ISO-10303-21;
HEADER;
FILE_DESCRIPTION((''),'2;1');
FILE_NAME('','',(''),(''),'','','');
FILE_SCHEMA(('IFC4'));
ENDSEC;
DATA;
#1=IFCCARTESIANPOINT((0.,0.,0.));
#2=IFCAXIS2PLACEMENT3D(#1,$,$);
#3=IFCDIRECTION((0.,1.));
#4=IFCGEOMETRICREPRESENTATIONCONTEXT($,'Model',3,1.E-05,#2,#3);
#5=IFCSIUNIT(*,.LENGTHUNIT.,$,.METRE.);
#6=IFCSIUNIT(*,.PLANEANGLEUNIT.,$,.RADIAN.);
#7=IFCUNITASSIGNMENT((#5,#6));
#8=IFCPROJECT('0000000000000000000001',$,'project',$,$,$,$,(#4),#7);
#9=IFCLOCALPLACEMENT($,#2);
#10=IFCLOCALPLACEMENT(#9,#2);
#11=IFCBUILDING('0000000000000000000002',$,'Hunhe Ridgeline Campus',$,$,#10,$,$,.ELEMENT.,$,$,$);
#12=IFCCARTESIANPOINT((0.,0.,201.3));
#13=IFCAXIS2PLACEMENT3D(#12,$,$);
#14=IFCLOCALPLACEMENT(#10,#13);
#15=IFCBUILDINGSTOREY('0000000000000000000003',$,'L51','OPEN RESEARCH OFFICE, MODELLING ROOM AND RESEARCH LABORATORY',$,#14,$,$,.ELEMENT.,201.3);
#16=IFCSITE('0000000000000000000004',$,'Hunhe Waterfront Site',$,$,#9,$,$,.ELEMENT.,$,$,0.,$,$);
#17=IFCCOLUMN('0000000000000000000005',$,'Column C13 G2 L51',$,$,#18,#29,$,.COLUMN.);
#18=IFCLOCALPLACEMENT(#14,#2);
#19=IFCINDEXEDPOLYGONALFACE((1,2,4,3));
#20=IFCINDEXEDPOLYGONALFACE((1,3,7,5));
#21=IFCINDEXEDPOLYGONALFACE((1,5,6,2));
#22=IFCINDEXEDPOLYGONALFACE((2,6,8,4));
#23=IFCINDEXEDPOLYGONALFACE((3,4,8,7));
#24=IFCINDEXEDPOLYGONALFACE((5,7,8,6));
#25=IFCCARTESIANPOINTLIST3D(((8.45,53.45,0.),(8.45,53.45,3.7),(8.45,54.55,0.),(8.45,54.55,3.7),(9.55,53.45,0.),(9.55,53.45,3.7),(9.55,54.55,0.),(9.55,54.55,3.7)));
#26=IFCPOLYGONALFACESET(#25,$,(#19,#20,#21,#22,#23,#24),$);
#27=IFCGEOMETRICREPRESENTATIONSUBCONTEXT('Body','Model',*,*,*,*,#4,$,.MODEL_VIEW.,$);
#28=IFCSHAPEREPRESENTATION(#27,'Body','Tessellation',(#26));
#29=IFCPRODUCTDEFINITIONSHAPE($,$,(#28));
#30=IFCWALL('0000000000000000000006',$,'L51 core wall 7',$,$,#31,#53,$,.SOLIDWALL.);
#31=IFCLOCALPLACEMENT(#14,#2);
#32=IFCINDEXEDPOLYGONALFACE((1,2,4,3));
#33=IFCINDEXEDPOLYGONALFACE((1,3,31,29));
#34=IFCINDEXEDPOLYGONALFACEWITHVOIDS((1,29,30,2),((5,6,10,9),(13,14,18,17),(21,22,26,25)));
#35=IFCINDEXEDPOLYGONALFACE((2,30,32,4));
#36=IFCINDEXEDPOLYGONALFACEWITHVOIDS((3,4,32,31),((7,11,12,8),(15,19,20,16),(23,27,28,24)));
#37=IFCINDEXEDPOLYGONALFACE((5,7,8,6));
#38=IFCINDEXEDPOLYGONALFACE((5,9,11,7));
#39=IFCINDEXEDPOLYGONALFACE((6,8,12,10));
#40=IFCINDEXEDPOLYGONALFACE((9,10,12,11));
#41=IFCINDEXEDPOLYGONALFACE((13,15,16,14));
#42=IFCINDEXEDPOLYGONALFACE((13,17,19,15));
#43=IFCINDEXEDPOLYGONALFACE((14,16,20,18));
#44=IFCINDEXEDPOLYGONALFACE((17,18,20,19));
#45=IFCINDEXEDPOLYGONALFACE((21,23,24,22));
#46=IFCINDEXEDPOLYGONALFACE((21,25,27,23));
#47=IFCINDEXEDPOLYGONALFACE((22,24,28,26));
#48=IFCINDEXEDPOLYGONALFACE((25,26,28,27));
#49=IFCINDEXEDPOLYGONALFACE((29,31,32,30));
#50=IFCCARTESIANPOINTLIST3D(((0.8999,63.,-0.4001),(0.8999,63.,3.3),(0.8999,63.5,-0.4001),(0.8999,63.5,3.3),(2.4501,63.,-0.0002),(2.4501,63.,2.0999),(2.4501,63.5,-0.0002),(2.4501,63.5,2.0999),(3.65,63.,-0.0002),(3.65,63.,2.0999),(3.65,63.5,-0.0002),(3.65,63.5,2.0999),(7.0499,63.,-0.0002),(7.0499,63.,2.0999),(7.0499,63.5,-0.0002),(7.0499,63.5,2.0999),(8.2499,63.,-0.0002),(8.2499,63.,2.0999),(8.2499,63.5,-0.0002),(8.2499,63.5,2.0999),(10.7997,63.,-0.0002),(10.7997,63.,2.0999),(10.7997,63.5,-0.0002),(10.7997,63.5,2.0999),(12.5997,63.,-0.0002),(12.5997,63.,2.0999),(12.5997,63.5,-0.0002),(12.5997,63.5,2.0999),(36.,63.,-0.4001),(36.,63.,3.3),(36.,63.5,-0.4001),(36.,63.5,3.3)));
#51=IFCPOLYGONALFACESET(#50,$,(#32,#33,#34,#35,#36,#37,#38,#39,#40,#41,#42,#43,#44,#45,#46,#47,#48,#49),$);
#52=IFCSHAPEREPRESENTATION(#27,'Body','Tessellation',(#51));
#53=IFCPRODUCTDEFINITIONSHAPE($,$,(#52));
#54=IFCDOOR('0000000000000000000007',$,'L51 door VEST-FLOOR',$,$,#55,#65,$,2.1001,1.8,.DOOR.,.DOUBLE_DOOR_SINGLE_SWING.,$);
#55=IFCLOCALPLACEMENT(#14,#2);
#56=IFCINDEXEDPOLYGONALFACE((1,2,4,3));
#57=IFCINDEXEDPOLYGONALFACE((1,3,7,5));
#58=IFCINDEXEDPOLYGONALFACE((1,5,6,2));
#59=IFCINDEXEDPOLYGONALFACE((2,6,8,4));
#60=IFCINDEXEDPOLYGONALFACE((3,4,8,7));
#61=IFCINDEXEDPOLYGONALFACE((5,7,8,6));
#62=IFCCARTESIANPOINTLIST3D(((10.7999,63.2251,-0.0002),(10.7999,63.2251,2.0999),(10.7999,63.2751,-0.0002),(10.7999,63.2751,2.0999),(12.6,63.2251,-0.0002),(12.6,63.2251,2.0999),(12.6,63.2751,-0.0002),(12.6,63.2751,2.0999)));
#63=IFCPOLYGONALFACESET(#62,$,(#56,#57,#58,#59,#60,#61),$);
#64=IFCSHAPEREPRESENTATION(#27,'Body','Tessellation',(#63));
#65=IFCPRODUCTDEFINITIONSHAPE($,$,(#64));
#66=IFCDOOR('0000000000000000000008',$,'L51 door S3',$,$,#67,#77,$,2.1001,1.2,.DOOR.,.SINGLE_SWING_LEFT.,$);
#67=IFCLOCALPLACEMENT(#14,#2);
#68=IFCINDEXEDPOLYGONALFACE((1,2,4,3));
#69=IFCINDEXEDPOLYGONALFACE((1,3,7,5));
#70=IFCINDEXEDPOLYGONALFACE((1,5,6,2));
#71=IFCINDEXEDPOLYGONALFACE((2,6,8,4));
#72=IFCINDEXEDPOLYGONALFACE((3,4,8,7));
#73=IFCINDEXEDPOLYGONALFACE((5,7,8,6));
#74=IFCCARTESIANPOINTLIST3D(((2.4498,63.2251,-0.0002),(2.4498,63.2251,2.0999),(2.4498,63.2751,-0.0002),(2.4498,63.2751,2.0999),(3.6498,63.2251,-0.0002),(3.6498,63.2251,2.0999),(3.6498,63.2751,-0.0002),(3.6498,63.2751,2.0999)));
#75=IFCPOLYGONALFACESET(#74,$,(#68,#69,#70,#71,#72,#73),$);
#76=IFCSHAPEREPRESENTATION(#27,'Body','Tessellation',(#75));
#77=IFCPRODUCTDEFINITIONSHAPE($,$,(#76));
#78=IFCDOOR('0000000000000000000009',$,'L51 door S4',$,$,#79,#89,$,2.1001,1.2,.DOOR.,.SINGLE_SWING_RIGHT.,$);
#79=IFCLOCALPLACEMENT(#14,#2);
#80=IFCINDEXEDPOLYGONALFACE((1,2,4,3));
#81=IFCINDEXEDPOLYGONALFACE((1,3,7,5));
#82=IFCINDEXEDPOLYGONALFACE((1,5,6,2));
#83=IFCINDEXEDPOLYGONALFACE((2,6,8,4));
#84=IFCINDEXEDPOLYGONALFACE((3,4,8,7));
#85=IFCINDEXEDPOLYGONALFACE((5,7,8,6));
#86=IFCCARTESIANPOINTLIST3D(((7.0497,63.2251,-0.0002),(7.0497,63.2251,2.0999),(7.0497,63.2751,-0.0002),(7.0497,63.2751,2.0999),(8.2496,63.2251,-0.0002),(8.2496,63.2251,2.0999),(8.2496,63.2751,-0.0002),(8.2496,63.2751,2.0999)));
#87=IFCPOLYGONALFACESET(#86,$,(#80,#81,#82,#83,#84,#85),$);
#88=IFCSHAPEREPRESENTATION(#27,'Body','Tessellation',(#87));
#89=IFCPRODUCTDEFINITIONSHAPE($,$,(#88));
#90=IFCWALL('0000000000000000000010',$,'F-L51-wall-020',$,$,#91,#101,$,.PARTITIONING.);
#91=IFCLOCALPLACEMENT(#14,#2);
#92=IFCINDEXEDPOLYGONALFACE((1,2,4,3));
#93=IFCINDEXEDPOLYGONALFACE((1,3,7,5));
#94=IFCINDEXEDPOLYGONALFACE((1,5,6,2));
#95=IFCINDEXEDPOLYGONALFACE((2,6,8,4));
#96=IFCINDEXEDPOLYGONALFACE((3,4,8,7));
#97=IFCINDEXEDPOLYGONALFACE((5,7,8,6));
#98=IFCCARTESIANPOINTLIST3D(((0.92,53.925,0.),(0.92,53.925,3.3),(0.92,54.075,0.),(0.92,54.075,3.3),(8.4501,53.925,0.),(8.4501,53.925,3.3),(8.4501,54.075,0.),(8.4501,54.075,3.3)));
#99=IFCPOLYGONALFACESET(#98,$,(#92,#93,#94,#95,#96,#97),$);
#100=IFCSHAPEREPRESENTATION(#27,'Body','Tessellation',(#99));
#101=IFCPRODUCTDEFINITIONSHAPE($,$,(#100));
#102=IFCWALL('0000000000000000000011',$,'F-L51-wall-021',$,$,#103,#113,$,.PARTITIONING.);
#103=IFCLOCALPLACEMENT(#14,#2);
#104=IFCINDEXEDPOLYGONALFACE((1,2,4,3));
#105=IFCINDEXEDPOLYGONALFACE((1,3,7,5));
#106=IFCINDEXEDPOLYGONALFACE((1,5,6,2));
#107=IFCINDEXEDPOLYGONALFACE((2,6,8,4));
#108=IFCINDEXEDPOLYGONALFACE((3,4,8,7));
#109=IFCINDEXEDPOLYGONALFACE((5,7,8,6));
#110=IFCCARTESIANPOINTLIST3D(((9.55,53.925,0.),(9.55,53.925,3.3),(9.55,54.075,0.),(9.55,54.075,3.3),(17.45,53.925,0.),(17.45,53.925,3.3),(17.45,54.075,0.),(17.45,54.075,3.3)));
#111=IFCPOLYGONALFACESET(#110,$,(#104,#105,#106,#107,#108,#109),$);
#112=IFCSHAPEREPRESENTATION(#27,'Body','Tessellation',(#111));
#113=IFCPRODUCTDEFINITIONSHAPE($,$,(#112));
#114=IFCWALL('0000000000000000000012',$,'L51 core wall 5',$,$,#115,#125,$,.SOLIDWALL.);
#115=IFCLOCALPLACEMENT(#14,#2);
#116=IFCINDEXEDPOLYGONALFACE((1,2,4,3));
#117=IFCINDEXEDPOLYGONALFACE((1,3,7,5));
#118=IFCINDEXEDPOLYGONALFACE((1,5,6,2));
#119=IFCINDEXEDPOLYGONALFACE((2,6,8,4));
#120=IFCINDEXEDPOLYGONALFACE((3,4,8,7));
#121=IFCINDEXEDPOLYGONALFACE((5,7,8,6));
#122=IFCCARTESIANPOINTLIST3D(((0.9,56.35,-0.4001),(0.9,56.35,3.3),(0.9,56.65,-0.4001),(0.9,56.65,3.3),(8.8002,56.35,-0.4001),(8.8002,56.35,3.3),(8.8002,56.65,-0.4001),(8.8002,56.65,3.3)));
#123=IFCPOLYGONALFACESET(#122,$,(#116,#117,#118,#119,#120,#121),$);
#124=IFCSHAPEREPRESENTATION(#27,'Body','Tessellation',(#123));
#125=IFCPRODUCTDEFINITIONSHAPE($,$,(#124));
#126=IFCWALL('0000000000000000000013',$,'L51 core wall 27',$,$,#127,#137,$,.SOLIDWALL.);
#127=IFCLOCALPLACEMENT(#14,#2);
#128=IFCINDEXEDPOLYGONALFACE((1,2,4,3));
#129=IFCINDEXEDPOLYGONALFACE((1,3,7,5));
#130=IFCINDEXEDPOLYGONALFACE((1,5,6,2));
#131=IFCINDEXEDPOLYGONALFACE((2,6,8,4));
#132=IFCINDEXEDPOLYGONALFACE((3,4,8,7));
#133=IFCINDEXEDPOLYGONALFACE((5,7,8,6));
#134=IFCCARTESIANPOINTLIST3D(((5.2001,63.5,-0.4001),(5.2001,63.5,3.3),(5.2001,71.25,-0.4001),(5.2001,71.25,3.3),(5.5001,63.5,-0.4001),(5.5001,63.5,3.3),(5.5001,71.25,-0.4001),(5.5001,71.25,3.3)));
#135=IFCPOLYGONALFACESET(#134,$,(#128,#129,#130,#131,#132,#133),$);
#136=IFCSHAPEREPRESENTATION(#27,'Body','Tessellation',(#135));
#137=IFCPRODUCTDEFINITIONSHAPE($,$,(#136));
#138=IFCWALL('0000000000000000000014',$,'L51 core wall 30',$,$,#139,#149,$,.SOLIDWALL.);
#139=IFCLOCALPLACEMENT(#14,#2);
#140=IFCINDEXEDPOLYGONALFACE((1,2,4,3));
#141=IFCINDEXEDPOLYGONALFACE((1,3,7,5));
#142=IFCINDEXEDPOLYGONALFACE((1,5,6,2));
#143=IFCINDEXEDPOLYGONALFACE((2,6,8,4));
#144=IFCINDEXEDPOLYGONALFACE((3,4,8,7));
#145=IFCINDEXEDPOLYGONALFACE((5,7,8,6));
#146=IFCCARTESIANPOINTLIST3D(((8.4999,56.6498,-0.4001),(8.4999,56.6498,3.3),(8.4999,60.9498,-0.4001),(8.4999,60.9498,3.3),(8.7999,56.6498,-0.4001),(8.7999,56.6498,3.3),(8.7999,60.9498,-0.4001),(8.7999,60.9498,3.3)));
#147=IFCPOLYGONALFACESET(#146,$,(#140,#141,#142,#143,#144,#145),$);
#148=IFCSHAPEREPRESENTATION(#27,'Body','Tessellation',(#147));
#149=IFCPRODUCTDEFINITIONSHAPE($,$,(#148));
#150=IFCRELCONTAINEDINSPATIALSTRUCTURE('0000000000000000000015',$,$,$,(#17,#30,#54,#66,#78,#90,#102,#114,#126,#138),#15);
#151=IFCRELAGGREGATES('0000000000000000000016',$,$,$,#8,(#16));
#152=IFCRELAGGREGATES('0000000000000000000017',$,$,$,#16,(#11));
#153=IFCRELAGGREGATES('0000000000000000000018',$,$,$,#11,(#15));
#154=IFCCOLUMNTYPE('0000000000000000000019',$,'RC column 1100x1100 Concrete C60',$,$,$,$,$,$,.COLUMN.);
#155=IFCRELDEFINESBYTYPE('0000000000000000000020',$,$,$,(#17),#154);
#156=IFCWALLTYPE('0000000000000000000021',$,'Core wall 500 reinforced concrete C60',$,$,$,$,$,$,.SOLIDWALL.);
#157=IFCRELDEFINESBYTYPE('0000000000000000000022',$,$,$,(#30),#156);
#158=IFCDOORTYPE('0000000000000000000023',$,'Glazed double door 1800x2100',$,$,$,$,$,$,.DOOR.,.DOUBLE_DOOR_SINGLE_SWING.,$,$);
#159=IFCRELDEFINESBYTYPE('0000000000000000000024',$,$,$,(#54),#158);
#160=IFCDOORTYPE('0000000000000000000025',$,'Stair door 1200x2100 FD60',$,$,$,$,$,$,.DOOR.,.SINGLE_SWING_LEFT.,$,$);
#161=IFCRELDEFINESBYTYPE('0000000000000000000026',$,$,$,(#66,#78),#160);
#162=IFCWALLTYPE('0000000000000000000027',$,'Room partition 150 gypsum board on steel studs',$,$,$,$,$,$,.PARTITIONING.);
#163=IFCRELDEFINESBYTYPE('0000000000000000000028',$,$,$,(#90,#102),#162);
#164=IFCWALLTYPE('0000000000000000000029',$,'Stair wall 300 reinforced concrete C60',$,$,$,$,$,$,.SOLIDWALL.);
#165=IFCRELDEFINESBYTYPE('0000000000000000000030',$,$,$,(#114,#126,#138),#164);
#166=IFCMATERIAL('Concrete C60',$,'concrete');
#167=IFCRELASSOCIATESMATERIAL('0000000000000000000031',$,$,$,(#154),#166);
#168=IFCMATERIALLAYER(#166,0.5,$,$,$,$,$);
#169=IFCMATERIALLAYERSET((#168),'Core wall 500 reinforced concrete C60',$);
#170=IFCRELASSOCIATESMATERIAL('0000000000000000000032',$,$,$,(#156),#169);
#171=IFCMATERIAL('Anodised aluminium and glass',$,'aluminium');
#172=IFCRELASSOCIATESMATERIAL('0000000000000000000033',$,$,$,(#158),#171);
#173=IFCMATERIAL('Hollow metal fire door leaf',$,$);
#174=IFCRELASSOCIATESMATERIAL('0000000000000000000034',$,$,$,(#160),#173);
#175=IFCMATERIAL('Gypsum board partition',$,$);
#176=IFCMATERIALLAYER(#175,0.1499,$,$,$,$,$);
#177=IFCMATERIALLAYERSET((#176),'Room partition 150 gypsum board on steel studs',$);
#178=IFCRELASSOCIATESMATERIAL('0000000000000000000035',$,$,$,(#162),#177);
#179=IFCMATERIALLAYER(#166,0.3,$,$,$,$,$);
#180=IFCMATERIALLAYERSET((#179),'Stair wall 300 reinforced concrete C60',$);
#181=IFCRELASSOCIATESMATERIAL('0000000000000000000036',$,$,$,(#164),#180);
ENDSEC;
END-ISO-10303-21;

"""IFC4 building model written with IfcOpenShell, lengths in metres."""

from ifc_helpers import new_model, si_unit, direction, frame, frame_2d, origin, origin_2d, place, context, subcontext, project, spatial, rectangle, extrude, material, layer, layer_set, material_profile, profile_set, type_object, element, fill, save


model = new_model("IFC4")

# Units and contexts
model_context = context("Model", 3, precision=1e-05, world=origin(), true_north=direction((0.0, 1.0)))
body_context = subcontext(model_context, "Body", "Model", "MODEL_VIEW")
ifc_project = project(units=[si_unit("LENGTHUNIT", "METRE"), si_unit("PLANEANGLEUNIT", "RADIAN")], contexts=[model_context])

# Site, building, storey
site_placement = place(None, origin())
site = spatial("IfcSite", under=ifc_project, at=site_placement, Name="Hunhe Waterfront Site", CompositionType="ELEMENT", RefElevation=0.0)
building_placement = place(site_placement, origin())
building = spatial("IfcBuilding", under=site, at=building_placement, Name="Hunhe Ridgeline Campus", CompositionType="ELEMENT")
storey_placement = place(building_placement, frame((0.0, 0.0, 201.3)))
storey = spatial("IfcBuildingStorey", under=building, at=storey_placement, Name="L51", Description="OPEN RESEARCH OFFICE, MODELLING ROOM AND RESEARCH LABORATORY", CompositionType="ELEMENT", Elevation=201.3)

# Column
ifc_material_1 = material(Name="Concrete C60", Category="concrete")
ifc_material_profile = material_profile(ifc_material_1, rectangle(XDim=1.1001, YDim=1.1001, at=origin_2d()))
ifc_profile_set = profile_set([ifc_material_profile], Name="Concrete C60")
column_type = type_object("IfcColumnType", Name="RC column 1100x1100 Concrete C60", PredefinedType="COLUMN", material=ifc_profile_set)
column_placement = place(storey_placement, frame((9.0, 54.0, 0.0), z_axis=(0.0, 0.0, 1.0), x_axis=(1.0, 0.0, 0.0)))
element("IfcColumn", 1, at=column_placement, inside=storey, type_object=column_type, Name="Column C13 G2 L51", PredefinedType="COLUMN", context=body_context, shape_type="SweptSolid", body=[
    extrude(rectangle(XDim=1.1001, YDim=1.1001, at=origin_2d()), origin(), (0.0, 0.0, 1.0), 3.7),
])

# Wall, openings, doors
ifc_layer_1 = layer(ifc_material_1, 0.5)
ifc_layer_set_1 = layer_set([ifc_layer_1], Name="Core wall 500 reinforced concrete C60")
wall_type_1 = type_object("IfcWallType", Name="Core wall 500 reinforced concrete C60", PredefinedType="SOLIDWALL", material=ifc_layer_set_1)
wall_1_placement = place(storey_placement, frame((0.8999, 63.25, -0.4001), z_axis=(0.0, 0.0, 1.0), x_axis=(1.0, 0.0, 0.0)))
wall_1 = element("IfcWall", 2, at=wall_1_placement, inside=storey, type_object=wall_type_1, Name="L51 core wall 7", PredefinedType="SOLIDWALL", context=body_context, shape_type="SweptSolid", body=[
    extrude(rectangle(XDim=35.1001, YDim=0.5, at=frame_2d((17.55, 0.0))), origin(), (0.0, 0.0, 1.0), 3.7002),
])
opening_1_placement = place(wall_1_placement, frame((9.8999, 0.0, 0.3999)))
opening_1 = element("IfcOpeningElement", 3, at=opening_1_placement, cuts=wall_1, PredefinedType="OPENING", context=body_context, shape_type="SweptSolid", body=[
    extrude(rectangle(XDim=1.8, YDim=2.1001, at=frame_2d((0.8999, 1.05))), frame((0.0, 0.25, 0.0), z_axis=(0.0, -1.0, 0.0), x_axis=(1.0, 0.0, 0.0)), (0.0, 0.0, 1.0), 0.5),
])
opening_2_placement = place(wall_1_placement, frame((1.55, 0.0, 0.3999)))
opening_2 = element("IfcOpeningElement", 4, at=opening_2_placement, cuts=wall_1, PredefinedType="OPENING", context=body_context, shape_type="SweptSolid", body=[
    extrude(rectangle(XDim=1.2, YDim=2.1001, at=frame_2d((0.6001, 1.05))), frame((0.0, 0.25, 0.0), z_axis=(0.0, -1.0, 0.0), x_axis=(1.0, 0.0, 0.0)), (0.0, 0.0, 1.0), 0.5),
])
opening_3_placement = place(wall_1_placement, frame((6.1499, 0.0, 0.3999)))
opening_3 = element("IfcOpeningElement", 5, at=opening_3_placement, cuts=wall_1, PredefinedType="OPENING", context=body_context, shape_type="SweptSolid", body=[
    extrude(rectangle(XDim=1.2, YDim=2.1001, at=frame_2d((0.6001, 1.05))), frame((0.0, 0.25, 0.0), z_axis=(0.0, -1.0, 0.0), x_axis=(1.0, 0.0, 0.0)), (0.0, 0.0, 1.0), 0.5),
])
ifc_material_2 = material(Name="Anodised aluminium and glass", Category="aluminium")
door_type_1 = type_object("IfcDoorType", Name="Glazed double door 1800x2100", OperationType="DOUBLE_DOOR_SINGLE_SWING", PredefinedType="DOOR", material=ifc_material_2)
door_1_placement = place(opening_1_placement, frame((1.8, 0.0, 0.0), z_axis=(0.0, 0.0, 1.0), x_axis=(-1.0, 0.0, 0.0)))
door_1 = element("IfcDoor", 6, at=door_1_placement, inside=storey, type_object=door_type_1, Name="L51 door VEST-FLOOR", OperationType="DOUBLE_DOOR_SINGLE_SWING", OverallHeight=2.1001, OverallWidth=1.8, PredefinedType="DOOR", context=body_context, shape_type="SweptSolid", body=[
    extrude(rectangle(XDim=1.8, YDim=2.1001, at=frame_2d((0.8999, 1.05))), frame((0.0, 0.0249, 0.0), z_axis=(0.0, -1.0, 0.0), x_axis=(1.0, 0.0, 0.0)), (0.0, 0.0, 1.0), 0.05),
])
fill(opening_1, door_1)
ifc_material_3 = material(Name="Hollow metal fire door leaf")
door_type_2 = type_object("IfcDoorType", Name="Stair door 1200x2100 FD60", OperationType="SINGLE_SWING_LEFT", PredefinedType="DOOR", material=ifc_material_3)
door_2_placement = place(opening_2_placement, frame((1.2, 0.0, 0.0), z_axis=(0.0, 0.0, 1.0), x_axis=(-1.0, 0.0, 0.0)))
door_2 = element("IfcDoor", 7, at=door_2_placement, inside=storey, type_object=door_type_2, Name="L51 door S3", OperationType="SINGLE_SWING_LEFT", OverallHeight=2.1001, OverallWidth=1.2, PredefinedType="DOOR", context=body_context, shape_type="SweptSolid", body=[
    extrude(rectangle(XDim=1.2, YDim=2.1001, at=frame_2d((0.6001, 1.05))), frame((0.0, 0.0249, 0.0), z_axis=(0.0, -1.0, 0.0), x_axis=(1.0, 0.0, 0.0)), (0.0, 0.0, 1.0), 0.05),
])
fill(opening_2, door_2)
door_3_placement = place(opening_3_placement, frame((1.2, 0.0, 0.0), z_axis=(0.0, 0.0, 1.0), x_axis=(-1.0, 0.0, 0.0)))
door_3 = element("IfcDoor", 8, at=door_3_placement, inside=storey, type_object=door_type_2, Name="L51 door S4", OperationType="SINGLE_SWING_RIGHT", OverallHeight=2.1001, OverallWidth=1.2, PredefinedType="DOOR", context=body_context, shape_type="SweptSolid", body=[
    extrude(rectangle(XDim=1.2, YDim=2.1001, at=frame_2d((0.6001, 1.05))), frame((0.0, 0.0249, 0.0), z_axis=(0.0, -1.0, 0.0), x_axis=(1.0, 0.0, 0.0)), (0.0, 0.0, 1.0), 0.05),
])
fill(opening_3, door_3)

# Walls
ifc_material_4 = material(Name="Gypsum board partition")
ifc_layer_2 = layer(ifc_material_4, 0.1499)
ifc_layer_set_2 = layer_set([ifc_layer_2], Name="Room partition 150 gypsum board on steel studs")
wall_type_2 = type_object("IfcWallType", Name="Room partition 150 gypsum board on steel studs", PredefinedType="PARTITIONING", material=ifc_layer_set_2)
wall_2_placement = place(storey_placement, frame((0.9199, 54.0, 0.0), z_axis=(0.0, 0.0, 1.0), x_axis=(1.0, 0.0, 0.0)))
element("IfcWall", 9, at=wall_2_placement, inside=storey, type_object=wall_type_2, Name="F-L51-wall-020", PredefinedType="PARTITIONING", context=body_context, shape_type="SweptSolid", body=[
    extrude(rectangle(XDim=7.53, YDim=0.1499, at=frame_2d((3.7651, 0.0))), origin(), (0.0, 0.0, 1.0), 3.3),
])
wall_3_placement = place(storey_placement, frame((9.55, 54.0, 0.0), z_axis=(0.0, 0.0, 1.0), x_axis=(1.0, 0.0, 0.0)))
element("IfcWall", 10, at=wall_3_placement, inside=storey, type_object=wall_type_2, Name="F-L51-wall-021", PredefinedType="PARTITIONING", context=body_context, shape_type="SweptSolid", body=[
    extrude(rectangle(XDim=7.8999, YDim=0.1499, at=frame_2d((3.95, 0.0))), origin(), (0.0, 0.0, 1.0), 3.3),
])
ifc_layer_3 = layer(ifc_material_1, 0.3)
ifc_layer_set_3 = layer_set([ifc_layer_3], Name="Stair wall 300 reinforced concrete C60")
wall_type_3 = type_object("IfcWallType", Name="Stair wall 300 reinforced concrete C60", PredefinedType="SOLIDWALL", material=ifc_layer_set_3)
wall_4_placement = place(storey_placement, frame((0.8999, 56.5, -0.4001), z_axis=(0.0, 0.0, 1.0), x_axis=(1.0, 0.0, 0.0)))
element("IfcWall", 11, at=wall_4_placement, inside=storey, type_object=wall_type_3, Name="L51 core wall 5", PredefinedType="SOLIDWALL", context=body_context, shape_type="SweptSolid", body=[
    extrude(rectangle(XDim=7.9001, YDim=0.3, at=frame_2d((3.9502, 0.0))), origin(), (0.0, 0.0, 1.0), 3.7002),
])

# Walls
wall_5_placement = place(storey_placement, frame((5.3501, 63.5, -0.4001), z_axis=(0.0, 0.0, 1.0), x_axis=(0.0, 1.0, 0.0)))
element("IfcWall", 12, at=wall_5_placement, inside=storey, type_object=wall_type_3, Name="L51 core wall 27", PredefinedType="SOLIDWALL", context=body_context, shape_type="SweptSolid", body=[
    extrude(rectangle(XDim=7.75, YDim=0.3, at=frame_2d((3.875, 0.0))), origin(), (0.0, 0.0, 1.0), 3.7002),
])
wall_6_placement = place(storey_placement, frame((8.6499, 56.6499, -0.4001), z_axis=(0.0, 0.0, 1.0), x_axis=(0.0, 1.0, 0.0)))
element("IfcWall", 13, at=wall_6_placement, inside=storey, type_object=wall_type_3, Name="L51 core wall 30", PredefinedType="SOLIDWALL", context=body_context, shape_type="SweptSolid", body=[
    extrude(rectangle(XDim=4.3, YDim=0.3, at=frame_2d((2.1499, 0.0))), origin(), (0.0, 0.0, 1.0), 3.7002),
])

save(model, "model.ifc")
